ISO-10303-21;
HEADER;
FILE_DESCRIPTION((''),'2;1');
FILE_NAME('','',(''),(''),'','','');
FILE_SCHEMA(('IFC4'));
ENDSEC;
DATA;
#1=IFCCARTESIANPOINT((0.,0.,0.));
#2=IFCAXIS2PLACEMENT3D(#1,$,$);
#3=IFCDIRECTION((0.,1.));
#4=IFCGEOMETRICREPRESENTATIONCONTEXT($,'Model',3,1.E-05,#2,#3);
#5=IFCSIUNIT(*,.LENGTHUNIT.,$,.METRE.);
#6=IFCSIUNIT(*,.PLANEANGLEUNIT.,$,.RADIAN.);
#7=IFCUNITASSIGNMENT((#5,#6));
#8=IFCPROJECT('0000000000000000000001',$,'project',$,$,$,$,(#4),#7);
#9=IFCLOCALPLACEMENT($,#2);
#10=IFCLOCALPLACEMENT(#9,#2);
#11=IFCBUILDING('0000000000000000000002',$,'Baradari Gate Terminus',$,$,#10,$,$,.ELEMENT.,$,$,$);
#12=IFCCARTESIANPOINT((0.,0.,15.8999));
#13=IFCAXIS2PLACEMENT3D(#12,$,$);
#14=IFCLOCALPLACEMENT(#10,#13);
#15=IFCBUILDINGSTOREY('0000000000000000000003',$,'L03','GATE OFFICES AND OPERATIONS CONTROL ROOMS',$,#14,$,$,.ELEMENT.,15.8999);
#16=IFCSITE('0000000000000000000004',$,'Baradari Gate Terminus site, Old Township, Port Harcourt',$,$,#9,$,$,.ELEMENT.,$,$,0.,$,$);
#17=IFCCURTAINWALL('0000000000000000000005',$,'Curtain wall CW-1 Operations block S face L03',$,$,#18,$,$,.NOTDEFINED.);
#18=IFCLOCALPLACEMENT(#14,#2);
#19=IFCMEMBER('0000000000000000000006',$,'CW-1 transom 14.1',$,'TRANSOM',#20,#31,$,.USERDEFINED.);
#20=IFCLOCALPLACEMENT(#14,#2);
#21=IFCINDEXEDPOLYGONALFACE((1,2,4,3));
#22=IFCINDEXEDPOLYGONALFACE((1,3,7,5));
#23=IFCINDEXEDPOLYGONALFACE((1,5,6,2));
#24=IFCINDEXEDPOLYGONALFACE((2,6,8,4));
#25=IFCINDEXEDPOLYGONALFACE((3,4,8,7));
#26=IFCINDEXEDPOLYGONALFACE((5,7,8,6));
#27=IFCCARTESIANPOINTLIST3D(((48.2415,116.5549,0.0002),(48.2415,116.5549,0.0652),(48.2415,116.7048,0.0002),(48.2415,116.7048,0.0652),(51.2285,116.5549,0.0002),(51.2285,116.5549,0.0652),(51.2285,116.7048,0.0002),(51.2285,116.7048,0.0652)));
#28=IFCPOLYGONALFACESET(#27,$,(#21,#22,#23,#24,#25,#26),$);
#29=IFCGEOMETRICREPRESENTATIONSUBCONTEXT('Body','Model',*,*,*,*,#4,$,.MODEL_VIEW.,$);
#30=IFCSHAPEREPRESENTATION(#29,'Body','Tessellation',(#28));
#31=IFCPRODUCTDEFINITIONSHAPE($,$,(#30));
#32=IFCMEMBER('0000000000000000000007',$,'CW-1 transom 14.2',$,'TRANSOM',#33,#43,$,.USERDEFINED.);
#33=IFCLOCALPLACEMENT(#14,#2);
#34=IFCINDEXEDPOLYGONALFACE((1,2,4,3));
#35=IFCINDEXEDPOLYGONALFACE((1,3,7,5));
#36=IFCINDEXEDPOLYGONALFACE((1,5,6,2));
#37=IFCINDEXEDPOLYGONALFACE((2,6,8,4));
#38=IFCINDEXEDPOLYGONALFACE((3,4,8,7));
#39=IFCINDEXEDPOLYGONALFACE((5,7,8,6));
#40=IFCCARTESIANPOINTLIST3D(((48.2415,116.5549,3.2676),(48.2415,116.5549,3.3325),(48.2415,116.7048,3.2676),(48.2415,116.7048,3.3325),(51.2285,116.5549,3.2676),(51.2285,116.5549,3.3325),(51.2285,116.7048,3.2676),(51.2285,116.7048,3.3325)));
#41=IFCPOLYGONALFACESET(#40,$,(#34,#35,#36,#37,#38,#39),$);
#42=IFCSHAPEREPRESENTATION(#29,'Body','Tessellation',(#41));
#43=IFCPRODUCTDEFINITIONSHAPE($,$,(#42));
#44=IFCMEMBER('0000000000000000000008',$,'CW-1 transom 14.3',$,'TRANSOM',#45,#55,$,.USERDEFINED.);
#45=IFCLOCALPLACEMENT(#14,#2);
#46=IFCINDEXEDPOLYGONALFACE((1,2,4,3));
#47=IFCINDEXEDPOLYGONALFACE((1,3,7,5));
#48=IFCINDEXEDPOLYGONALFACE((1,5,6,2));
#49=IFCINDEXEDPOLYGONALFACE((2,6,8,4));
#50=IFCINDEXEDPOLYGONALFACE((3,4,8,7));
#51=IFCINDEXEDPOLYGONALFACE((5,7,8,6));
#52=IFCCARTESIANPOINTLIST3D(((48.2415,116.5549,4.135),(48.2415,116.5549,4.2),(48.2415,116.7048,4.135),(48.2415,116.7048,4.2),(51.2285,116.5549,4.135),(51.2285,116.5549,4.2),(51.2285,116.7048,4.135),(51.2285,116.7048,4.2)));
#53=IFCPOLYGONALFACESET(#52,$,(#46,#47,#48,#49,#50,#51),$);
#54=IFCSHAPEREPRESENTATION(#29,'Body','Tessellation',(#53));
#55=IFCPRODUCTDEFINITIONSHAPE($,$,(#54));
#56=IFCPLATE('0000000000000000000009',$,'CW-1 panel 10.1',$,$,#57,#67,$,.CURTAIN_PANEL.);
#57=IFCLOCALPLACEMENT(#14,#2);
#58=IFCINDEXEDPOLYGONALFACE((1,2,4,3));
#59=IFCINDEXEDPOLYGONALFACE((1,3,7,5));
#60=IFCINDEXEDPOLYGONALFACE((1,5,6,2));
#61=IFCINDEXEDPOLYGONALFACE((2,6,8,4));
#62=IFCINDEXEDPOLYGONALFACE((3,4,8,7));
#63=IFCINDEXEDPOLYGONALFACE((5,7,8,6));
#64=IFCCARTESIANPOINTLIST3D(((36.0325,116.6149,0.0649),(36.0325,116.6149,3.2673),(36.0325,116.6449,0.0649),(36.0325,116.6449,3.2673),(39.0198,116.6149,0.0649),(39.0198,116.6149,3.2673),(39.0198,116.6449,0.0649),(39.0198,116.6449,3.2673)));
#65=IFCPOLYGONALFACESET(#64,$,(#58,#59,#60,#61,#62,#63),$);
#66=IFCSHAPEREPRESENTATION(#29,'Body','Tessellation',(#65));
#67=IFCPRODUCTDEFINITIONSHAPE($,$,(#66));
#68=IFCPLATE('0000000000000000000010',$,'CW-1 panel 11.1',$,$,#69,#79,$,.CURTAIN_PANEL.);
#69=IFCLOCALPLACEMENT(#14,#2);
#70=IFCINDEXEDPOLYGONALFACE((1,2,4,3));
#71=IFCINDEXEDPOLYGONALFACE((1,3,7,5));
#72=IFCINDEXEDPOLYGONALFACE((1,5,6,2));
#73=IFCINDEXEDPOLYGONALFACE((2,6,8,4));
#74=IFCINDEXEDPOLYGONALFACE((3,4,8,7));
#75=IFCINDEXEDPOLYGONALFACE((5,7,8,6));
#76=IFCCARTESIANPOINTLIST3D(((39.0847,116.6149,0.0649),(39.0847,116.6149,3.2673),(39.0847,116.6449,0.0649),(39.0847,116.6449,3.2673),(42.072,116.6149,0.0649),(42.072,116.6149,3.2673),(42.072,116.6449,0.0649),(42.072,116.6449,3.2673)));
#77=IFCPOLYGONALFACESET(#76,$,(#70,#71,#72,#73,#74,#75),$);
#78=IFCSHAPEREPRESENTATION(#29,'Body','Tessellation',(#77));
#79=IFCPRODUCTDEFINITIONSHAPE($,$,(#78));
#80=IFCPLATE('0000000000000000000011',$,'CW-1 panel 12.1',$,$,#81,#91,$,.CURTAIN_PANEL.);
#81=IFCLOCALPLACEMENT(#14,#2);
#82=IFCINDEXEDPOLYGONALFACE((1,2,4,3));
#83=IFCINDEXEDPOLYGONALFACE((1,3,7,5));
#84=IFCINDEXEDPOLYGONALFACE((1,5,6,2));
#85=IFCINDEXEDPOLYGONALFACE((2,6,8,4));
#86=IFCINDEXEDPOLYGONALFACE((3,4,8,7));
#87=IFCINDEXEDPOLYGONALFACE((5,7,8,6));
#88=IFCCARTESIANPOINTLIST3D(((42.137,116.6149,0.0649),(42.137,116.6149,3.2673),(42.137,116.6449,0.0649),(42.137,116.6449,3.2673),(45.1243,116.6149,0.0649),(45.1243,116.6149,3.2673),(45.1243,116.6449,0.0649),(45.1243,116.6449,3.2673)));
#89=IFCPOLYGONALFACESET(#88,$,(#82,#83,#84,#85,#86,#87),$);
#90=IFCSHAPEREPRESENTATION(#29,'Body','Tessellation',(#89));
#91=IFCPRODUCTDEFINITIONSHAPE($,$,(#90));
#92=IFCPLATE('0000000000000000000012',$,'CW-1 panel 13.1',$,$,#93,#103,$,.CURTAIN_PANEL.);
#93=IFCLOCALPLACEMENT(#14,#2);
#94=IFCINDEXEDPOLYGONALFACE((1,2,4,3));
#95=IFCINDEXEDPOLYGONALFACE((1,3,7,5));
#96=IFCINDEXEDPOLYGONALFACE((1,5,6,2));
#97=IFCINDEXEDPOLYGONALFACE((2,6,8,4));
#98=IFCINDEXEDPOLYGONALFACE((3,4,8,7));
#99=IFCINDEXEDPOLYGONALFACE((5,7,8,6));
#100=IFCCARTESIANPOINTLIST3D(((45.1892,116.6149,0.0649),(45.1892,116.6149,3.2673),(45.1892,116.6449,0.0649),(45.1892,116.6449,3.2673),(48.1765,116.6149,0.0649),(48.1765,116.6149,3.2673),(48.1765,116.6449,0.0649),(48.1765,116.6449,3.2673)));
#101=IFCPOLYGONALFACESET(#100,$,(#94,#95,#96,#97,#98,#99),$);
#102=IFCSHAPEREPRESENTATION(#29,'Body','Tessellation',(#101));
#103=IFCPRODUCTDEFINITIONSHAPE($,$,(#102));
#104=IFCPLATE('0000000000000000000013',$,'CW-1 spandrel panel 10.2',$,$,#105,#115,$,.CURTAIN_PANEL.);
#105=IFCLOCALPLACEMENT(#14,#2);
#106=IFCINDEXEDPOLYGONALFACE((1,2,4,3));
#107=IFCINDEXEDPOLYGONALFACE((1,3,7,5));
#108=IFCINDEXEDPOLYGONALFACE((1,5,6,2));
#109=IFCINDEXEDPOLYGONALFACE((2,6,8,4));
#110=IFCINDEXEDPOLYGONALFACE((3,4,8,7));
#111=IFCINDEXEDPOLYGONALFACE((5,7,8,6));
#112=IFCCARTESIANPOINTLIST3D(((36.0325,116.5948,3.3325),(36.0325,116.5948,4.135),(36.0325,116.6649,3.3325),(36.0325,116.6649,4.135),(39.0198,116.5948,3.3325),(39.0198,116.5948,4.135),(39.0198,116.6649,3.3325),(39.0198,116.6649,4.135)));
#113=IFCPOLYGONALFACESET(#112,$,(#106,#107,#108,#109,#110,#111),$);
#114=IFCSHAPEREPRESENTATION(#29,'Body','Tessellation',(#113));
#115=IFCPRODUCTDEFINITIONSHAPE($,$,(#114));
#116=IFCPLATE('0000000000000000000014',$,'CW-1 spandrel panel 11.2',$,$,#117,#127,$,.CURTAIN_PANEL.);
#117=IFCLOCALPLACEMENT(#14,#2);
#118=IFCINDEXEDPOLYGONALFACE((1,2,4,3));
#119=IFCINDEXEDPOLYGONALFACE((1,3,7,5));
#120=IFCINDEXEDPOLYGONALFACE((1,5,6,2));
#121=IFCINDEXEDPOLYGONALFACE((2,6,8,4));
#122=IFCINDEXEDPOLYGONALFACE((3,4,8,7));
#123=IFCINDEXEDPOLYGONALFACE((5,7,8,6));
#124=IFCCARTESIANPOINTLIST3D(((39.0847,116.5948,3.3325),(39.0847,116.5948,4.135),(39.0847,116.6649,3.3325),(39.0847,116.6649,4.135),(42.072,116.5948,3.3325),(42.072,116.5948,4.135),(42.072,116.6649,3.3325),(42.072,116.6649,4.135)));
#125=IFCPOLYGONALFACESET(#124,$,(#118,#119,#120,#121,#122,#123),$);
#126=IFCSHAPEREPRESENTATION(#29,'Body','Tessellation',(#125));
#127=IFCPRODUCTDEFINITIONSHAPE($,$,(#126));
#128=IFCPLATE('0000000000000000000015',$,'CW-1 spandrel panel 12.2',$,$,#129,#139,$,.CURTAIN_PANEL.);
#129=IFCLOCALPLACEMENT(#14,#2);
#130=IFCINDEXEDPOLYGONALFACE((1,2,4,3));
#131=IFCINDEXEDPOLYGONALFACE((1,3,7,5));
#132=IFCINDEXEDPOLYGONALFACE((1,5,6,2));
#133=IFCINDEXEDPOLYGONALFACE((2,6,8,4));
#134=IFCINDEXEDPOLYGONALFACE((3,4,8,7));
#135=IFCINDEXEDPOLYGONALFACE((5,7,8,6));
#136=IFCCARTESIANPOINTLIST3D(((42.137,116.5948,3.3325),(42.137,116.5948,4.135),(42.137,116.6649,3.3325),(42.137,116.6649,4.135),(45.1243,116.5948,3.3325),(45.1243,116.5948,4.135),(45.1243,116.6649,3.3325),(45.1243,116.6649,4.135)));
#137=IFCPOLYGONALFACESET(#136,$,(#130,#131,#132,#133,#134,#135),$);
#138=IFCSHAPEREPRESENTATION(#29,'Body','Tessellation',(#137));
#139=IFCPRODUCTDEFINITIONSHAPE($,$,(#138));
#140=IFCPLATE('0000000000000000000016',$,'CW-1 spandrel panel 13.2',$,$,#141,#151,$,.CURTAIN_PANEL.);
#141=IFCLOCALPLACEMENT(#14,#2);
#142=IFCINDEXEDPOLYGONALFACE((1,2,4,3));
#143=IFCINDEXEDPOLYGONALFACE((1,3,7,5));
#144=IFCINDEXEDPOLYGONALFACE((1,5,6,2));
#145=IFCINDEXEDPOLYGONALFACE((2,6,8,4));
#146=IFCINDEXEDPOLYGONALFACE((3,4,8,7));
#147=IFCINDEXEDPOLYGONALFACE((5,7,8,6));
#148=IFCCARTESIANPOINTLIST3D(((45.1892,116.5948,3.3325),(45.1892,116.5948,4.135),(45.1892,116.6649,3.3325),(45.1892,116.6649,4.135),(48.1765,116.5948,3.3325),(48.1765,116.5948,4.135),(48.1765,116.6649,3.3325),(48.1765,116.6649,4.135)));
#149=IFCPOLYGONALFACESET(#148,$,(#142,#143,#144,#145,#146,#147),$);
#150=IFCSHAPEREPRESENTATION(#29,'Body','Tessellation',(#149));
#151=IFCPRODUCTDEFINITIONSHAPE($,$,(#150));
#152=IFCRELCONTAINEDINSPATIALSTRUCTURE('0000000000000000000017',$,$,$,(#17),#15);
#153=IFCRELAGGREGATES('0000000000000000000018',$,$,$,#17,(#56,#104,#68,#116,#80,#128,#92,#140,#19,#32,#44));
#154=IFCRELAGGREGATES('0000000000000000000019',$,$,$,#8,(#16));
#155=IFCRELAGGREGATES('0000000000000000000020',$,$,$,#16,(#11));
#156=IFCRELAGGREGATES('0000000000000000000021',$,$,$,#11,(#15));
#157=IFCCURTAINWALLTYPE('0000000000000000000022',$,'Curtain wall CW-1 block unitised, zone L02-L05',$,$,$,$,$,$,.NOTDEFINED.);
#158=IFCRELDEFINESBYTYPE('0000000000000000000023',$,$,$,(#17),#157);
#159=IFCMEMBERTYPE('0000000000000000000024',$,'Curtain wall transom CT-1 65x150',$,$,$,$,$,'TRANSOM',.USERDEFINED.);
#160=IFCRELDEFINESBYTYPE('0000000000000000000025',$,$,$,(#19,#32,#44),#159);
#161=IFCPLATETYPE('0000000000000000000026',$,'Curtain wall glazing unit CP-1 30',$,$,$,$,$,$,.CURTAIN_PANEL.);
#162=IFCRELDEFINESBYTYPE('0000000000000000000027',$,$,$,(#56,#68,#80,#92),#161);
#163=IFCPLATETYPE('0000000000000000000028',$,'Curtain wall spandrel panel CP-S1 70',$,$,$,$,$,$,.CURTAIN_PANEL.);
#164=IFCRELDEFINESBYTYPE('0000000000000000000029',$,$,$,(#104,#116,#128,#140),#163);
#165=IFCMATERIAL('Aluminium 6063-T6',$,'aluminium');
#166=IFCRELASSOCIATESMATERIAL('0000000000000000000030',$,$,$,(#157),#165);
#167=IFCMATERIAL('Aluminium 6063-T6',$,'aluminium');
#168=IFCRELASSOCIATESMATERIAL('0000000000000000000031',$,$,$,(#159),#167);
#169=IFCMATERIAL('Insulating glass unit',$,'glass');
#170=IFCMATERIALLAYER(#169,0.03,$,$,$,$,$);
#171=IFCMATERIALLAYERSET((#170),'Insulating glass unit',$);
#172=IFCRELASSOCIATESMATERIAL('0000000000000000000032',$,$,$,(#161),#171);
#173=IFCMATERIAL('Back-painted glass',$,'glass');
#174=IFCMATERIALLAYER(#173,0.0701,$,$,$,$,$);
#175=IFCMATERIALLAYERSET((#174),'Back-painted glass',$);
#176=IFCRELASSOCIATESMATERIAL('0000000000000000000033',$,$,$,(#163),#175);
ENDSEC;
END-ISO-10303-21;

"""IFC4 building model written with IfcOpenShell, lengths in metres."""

from ifc_helpers import new_model, si_unit, direction, frame, origin, origin_2d, place, context, subcontext, project, spatial, rectangle, extrude, material, layer, layer_set, material_profile, profile_set, type_object, element, aggregate, save


model = new_model("IFC4")

# Units and contexts
model_context = context("Model", 3, precision=1e-05, world=origin(), true_north=direction((0.0, 1.0)))
body_context = subcontext(model_context, "Body", "Model", "MODEL_VIEW")
ifc_project = project(units=[si_unit("LENGTHUNIT", "METRE"), si_unit("PLANEANGLEUNIT", "RADIAN")], contexts=[model_context])

# Site, building, storey
site_placement = place(None, origin())
site = spatial("IfcSite", under=ifc_project, at=site_placement, Name="Baradari Gate Terminus site, Old Township, Port Harcourt", CompositionType="ELEMENT", RefElevation=0.0)
building_placement = place(site_placement, origin())
building = spatial("IfcBuilding", under=site, at=building_placement, Name="Baradari Gate Terminus", CompositionType="ELEMENT")
storey_placement = place(building_placement, frame((0.0, 0.0, 15.8999)))
storey = spatial("IfcBuildingStorey", under=building, at=storey_placement, Name="L03", Description="GATE OFFICES AND OPERATIONS CONTROL ROOMS", CompositionType="ELEMENT", Elevation=15.8999)

# Curtain wall, members, plates
ifc_material_1 = material(Name="Aluminium 6063-T6", Category="aluminium")
curtain_wall_type = type_object("IfcCurtainWallType", Name="Curtain wall CW-1 block unitised, zone L02-L05", PredefinedType="NOTDEFINED", material=ifc_material_1)
curtain_wall_placement = place(storey_placement, origin())
curtain_wall = element("IfcCurtainWall", 1, at=curtain_wall_placement, inside=storey, type_object=curtain_wall_type, Name="Curtain wall CW-1 Operations block S face L03", PredefinedType="NOTDEFINED")
ifc_material_2 = material(Name="Aluminium 6063-T6", Category="aluminium")
ifc_material_profile_1 = material_profile(ifc_material_2, rectangle(XDim=0.1499, YDim=0.0649, at=origin_2d()), Name="CT-1 65X150")
ifc_profile_set_1 = profile_set([ifc_material_profile_1], Name="Aluminium 6063-T6")
member_type_1 = type_object("IfcMemberType", Name="Curtain wall transom CT-1 65x150", ElementType="TRANSOM", PredefinedType="USERDEFINED", material=ifc_profile_set_1)
member_1_placement = place(storey_placement, frame((48.2415, 116.6299, 0.0327), z_axis=(1.0, 0.0, 0.0), x_axis=(0.0, 1.0, 0.0)))
member_1 = element("IfcMember", 2, at=member_1_placement, type_object=member_type_1, Name="CW-1 transom 14.1", ObjectType="TRANSOM", PredefinedType="USERDEFINED", context=body_context, shape_type="SweptSolid", body=[
    extrude(rectangle(XDim=0.1499, YDim=0.0649, at=origin_2d()), origin(), (0.0, 0.0, 1.0), 2.9871),
])
member_2_placement = place(storey_placement, frame((48.2415, 116.6299, 3.3), z_axis=(1.0, 0.0, 0.0), x_axis=(0.0, 1.0, 0.0)))
member_2 = element("IfcMember", 3, at=member_2_placement, type_object=member_type_1, Name="CW-1 transom 14.2", ObjectType="TRANSOM", PredefinedType="USERDEFINED", context=body_context, shape_type="SweptSolid", body=[
    extrude(rectangle(XDim=0.1499, YDim=0.0649, at=origin_2d()), origin(), (0.0, 0.0, 1.0), 2.9871),
])
member_3_placement = place(storey_placement, frame((48.2415, 116.6299, 4.1675), z_axis=(1.0, 0.0, 0.0), x_axis=(0.0, 1.0, 0.0)))
member_3 = element("IfcMember", 4, at=member_3_placement, type_object=member_type_1, Name="CW-1 transom 14.3", ObjectType="TRANSOM", PredefinedType="USERDEFINED", context=body_context, shape_type="SweptSolid", body=[
    extrude(rectangle(XDim=0.1499, YDim=0.0649, at=origin_2d()), origin(), (0.0, 0.0, 1.0), 2.9871),
])
ifc_material_3 = material(Name="Insulating glass unit", Category="glass")
ifc_layer_1 = layer(ifc_material_3, 0.03)
ifc_layer_set_1 = layer_set([ifc_layer_1], Name="Insulating glass unit")
plate_type_1 = type_object("IfcPlateType", Name="Curtain wall glazing unit CP-1 30", PredefinedType="CURTAIN_PANEL", material=ifc_layer_set_1)
plate_1_placement = place(storey_placement, frame((37.5261, 116.6299, 0.0649), z_axis=(0.0, 0.0, 1.0), x_axis=(1.0, 0.0, 0.0)))
plate_1 = element("IfcPlate", 5, at=plate_1_placement, type_object=plate_type_1, Name="CW-1 panel 10.1", PredefinedType="CURTAIN_PANEL", context=body_context, shape_type="SweptSolid", body=[
    extrude(rectangle(XDim=2.9873, YDim=0.03, at=origin_2d()), origin(), (0.0, 0.0, 1.0), 3.2024),
])
plate_2_placement = place(storey_placement, frame((40.5784, 116.6299, 0.0649), z_axis=(0.0, 0.0, 1.0), x_axis=(1.0, 0.0, 0.0)))
plate_2 = element("IfcPlate", 6, at=plate_2_placement, type_object=plate_type_1, Name="CW-1 panel 11.1", PredefinedType="CURTAIN_PANEL", context=body_context, shape_type="SweptSolid", body=[
    extrude(rectangle(XDim=2.9873, YDim=0.03, at=origin_2d()), origin(), (0.0, 0.0, 1.0), 3.2024),
])
plate_3_placement = place(storey_placement, frame((43.6306, 116.6299, 0.0649), z_axis=(0.0, 0.0, 1.0), x_axis=(1.0, 0.0, 0.0)))
plate_3 = element("IfcPlate", 7, at=plate_3_placement, type_object=plate_type_1, Name="CW-1 panel 12.1", PredefinedType="CURTAIN_PANEL", context=body_context, shape_type="SweptSolid", body=[
    extrude(rectangle(XDim=2.9873, YDim=0.03, at=origin_2d()), origin(), (0.0, 0.0, 1.0), 3.2024),
])
plate_4_placement = place(storey_placement, frame((46.6829, 116.6299, 0.0649), z_axis=(0.0, 0.0, 1.0), x_axis=(1.0, 0.0, 0.0)))
plate_4 = element("IfcPlate", 8, at=plate_4_placement, type_object=plate_type_1, Name="CW-1 panel 13.1", PredefinedType="CURTAIN_PANEL", context=body_context, shape_type="SweptSolid", body=[
    extrude(rectangle(XDim=2.9873, YDim=0.03, at=origin_2d()), origin(), (0.0, 0.0, 1.0), 3.2024),
])
ifc_material_4 = material(Name="Back-painted glass", Category="glass")
ifc_layer_2 = layer(ifc_material_4, 0.0701)
ifc_layer_set_2 = layer_set([ifc_layer_2], Name="Back-painted glass")
plate_type_2 = type_object("IfcPlateType", Name="Curtain wall spandrel panel CP-S1 70", PredefinedType="CURTAIN_PANEL", material=ifc_layer_set_2)
plate_5_placement = place(storey_placement, frame((37.5261, 116.6299, 3.3325), z_axis=(0.0, 0.0, 1.0), x_axis=(1.0, 0.0, 0.0)))
plate_5 = element("IfcPlate", 9, at=plate_5_placement, type_object=plate_type_2, Name="CW-1 spandrel panel 10.2", PredefinedType="CURTAIN_PANEL", context=body_context, shape_type="SweptSolid", body=[
    extrude(rectangle(XDim=2.9873, YDim=0.0701, at=origin_2d()), origin(), (0.0, 0.0, 1.0), 0.8025),
])
plate_6_placement = place(storey_placement, frame((40.5784, 116.6299, 3.3325), z_axis=(0.0, 0.0, 1.0), x_axis=(1.0, 0.0, 0.0)))
plate_6 = element("IfcPlate", 10, at=plate_6_placement, type_object=plate_type_2, Name="CW-1 spandrel panel 11.2", PredefinedType="CURTAIN_PANEL", context=body_context, shape_type="SweptSolid", body=[
    extrude(rectangle(XDim=2.9873, YDim=0.0701, at=origin_2d()), origin(), (0.0, 0.0, 1.0), 0.8025),
])
plate_7_placement = place(storey_placement, frame((43.6306, 116.6299, 3.3325), z_axis=(0.0, 0.0, 1.0), x_axis=(1.0, 0.0, 0.0)))
plate_7 = element("IfcPlate", 11, at=plate_7_placement, type_object=plate_type_2, Name="CW-1 spandrel panel 12.2", PredefinedType="CURTAIN_PANEL", context=body_context, shape_type="SweptSolid", body=[
    extrude(rectangle(XDim=2.9873, YDim=0.0701, at=origin_2d()), origin(), (0.0, 0.0, 1.0), 0.8025),
])
plate_8_placement = place(storey_placement, frame((46.6829, 116.6299, 3.3325), z_axis=(0.0, 0.0, 1.0), x_axis=(1.0, 0.0, 0.0)))
plate_8 = element("IfcPlate", 12, at=plate_8_placement, type_object=plate_type_2, Name="CW-1 spandrel panel 13.2", PredefinedType="CURTAIN_PANEL", context=body_context, shape_type="SweptSolid", body=[
    extrude(rectangle(XDim=2.9873, YDim=0.0701, at=origin_2d()), origin(), (0.0, 0.0, 1.0), 0.8025),
])
aggregate(curtain_wall, [plate_1, plate_5, plate_2, plate_6, plate_3, plate_7, plate_4, plate_8, member_1, member_2, member_3])

save(model, "model.ifc")
